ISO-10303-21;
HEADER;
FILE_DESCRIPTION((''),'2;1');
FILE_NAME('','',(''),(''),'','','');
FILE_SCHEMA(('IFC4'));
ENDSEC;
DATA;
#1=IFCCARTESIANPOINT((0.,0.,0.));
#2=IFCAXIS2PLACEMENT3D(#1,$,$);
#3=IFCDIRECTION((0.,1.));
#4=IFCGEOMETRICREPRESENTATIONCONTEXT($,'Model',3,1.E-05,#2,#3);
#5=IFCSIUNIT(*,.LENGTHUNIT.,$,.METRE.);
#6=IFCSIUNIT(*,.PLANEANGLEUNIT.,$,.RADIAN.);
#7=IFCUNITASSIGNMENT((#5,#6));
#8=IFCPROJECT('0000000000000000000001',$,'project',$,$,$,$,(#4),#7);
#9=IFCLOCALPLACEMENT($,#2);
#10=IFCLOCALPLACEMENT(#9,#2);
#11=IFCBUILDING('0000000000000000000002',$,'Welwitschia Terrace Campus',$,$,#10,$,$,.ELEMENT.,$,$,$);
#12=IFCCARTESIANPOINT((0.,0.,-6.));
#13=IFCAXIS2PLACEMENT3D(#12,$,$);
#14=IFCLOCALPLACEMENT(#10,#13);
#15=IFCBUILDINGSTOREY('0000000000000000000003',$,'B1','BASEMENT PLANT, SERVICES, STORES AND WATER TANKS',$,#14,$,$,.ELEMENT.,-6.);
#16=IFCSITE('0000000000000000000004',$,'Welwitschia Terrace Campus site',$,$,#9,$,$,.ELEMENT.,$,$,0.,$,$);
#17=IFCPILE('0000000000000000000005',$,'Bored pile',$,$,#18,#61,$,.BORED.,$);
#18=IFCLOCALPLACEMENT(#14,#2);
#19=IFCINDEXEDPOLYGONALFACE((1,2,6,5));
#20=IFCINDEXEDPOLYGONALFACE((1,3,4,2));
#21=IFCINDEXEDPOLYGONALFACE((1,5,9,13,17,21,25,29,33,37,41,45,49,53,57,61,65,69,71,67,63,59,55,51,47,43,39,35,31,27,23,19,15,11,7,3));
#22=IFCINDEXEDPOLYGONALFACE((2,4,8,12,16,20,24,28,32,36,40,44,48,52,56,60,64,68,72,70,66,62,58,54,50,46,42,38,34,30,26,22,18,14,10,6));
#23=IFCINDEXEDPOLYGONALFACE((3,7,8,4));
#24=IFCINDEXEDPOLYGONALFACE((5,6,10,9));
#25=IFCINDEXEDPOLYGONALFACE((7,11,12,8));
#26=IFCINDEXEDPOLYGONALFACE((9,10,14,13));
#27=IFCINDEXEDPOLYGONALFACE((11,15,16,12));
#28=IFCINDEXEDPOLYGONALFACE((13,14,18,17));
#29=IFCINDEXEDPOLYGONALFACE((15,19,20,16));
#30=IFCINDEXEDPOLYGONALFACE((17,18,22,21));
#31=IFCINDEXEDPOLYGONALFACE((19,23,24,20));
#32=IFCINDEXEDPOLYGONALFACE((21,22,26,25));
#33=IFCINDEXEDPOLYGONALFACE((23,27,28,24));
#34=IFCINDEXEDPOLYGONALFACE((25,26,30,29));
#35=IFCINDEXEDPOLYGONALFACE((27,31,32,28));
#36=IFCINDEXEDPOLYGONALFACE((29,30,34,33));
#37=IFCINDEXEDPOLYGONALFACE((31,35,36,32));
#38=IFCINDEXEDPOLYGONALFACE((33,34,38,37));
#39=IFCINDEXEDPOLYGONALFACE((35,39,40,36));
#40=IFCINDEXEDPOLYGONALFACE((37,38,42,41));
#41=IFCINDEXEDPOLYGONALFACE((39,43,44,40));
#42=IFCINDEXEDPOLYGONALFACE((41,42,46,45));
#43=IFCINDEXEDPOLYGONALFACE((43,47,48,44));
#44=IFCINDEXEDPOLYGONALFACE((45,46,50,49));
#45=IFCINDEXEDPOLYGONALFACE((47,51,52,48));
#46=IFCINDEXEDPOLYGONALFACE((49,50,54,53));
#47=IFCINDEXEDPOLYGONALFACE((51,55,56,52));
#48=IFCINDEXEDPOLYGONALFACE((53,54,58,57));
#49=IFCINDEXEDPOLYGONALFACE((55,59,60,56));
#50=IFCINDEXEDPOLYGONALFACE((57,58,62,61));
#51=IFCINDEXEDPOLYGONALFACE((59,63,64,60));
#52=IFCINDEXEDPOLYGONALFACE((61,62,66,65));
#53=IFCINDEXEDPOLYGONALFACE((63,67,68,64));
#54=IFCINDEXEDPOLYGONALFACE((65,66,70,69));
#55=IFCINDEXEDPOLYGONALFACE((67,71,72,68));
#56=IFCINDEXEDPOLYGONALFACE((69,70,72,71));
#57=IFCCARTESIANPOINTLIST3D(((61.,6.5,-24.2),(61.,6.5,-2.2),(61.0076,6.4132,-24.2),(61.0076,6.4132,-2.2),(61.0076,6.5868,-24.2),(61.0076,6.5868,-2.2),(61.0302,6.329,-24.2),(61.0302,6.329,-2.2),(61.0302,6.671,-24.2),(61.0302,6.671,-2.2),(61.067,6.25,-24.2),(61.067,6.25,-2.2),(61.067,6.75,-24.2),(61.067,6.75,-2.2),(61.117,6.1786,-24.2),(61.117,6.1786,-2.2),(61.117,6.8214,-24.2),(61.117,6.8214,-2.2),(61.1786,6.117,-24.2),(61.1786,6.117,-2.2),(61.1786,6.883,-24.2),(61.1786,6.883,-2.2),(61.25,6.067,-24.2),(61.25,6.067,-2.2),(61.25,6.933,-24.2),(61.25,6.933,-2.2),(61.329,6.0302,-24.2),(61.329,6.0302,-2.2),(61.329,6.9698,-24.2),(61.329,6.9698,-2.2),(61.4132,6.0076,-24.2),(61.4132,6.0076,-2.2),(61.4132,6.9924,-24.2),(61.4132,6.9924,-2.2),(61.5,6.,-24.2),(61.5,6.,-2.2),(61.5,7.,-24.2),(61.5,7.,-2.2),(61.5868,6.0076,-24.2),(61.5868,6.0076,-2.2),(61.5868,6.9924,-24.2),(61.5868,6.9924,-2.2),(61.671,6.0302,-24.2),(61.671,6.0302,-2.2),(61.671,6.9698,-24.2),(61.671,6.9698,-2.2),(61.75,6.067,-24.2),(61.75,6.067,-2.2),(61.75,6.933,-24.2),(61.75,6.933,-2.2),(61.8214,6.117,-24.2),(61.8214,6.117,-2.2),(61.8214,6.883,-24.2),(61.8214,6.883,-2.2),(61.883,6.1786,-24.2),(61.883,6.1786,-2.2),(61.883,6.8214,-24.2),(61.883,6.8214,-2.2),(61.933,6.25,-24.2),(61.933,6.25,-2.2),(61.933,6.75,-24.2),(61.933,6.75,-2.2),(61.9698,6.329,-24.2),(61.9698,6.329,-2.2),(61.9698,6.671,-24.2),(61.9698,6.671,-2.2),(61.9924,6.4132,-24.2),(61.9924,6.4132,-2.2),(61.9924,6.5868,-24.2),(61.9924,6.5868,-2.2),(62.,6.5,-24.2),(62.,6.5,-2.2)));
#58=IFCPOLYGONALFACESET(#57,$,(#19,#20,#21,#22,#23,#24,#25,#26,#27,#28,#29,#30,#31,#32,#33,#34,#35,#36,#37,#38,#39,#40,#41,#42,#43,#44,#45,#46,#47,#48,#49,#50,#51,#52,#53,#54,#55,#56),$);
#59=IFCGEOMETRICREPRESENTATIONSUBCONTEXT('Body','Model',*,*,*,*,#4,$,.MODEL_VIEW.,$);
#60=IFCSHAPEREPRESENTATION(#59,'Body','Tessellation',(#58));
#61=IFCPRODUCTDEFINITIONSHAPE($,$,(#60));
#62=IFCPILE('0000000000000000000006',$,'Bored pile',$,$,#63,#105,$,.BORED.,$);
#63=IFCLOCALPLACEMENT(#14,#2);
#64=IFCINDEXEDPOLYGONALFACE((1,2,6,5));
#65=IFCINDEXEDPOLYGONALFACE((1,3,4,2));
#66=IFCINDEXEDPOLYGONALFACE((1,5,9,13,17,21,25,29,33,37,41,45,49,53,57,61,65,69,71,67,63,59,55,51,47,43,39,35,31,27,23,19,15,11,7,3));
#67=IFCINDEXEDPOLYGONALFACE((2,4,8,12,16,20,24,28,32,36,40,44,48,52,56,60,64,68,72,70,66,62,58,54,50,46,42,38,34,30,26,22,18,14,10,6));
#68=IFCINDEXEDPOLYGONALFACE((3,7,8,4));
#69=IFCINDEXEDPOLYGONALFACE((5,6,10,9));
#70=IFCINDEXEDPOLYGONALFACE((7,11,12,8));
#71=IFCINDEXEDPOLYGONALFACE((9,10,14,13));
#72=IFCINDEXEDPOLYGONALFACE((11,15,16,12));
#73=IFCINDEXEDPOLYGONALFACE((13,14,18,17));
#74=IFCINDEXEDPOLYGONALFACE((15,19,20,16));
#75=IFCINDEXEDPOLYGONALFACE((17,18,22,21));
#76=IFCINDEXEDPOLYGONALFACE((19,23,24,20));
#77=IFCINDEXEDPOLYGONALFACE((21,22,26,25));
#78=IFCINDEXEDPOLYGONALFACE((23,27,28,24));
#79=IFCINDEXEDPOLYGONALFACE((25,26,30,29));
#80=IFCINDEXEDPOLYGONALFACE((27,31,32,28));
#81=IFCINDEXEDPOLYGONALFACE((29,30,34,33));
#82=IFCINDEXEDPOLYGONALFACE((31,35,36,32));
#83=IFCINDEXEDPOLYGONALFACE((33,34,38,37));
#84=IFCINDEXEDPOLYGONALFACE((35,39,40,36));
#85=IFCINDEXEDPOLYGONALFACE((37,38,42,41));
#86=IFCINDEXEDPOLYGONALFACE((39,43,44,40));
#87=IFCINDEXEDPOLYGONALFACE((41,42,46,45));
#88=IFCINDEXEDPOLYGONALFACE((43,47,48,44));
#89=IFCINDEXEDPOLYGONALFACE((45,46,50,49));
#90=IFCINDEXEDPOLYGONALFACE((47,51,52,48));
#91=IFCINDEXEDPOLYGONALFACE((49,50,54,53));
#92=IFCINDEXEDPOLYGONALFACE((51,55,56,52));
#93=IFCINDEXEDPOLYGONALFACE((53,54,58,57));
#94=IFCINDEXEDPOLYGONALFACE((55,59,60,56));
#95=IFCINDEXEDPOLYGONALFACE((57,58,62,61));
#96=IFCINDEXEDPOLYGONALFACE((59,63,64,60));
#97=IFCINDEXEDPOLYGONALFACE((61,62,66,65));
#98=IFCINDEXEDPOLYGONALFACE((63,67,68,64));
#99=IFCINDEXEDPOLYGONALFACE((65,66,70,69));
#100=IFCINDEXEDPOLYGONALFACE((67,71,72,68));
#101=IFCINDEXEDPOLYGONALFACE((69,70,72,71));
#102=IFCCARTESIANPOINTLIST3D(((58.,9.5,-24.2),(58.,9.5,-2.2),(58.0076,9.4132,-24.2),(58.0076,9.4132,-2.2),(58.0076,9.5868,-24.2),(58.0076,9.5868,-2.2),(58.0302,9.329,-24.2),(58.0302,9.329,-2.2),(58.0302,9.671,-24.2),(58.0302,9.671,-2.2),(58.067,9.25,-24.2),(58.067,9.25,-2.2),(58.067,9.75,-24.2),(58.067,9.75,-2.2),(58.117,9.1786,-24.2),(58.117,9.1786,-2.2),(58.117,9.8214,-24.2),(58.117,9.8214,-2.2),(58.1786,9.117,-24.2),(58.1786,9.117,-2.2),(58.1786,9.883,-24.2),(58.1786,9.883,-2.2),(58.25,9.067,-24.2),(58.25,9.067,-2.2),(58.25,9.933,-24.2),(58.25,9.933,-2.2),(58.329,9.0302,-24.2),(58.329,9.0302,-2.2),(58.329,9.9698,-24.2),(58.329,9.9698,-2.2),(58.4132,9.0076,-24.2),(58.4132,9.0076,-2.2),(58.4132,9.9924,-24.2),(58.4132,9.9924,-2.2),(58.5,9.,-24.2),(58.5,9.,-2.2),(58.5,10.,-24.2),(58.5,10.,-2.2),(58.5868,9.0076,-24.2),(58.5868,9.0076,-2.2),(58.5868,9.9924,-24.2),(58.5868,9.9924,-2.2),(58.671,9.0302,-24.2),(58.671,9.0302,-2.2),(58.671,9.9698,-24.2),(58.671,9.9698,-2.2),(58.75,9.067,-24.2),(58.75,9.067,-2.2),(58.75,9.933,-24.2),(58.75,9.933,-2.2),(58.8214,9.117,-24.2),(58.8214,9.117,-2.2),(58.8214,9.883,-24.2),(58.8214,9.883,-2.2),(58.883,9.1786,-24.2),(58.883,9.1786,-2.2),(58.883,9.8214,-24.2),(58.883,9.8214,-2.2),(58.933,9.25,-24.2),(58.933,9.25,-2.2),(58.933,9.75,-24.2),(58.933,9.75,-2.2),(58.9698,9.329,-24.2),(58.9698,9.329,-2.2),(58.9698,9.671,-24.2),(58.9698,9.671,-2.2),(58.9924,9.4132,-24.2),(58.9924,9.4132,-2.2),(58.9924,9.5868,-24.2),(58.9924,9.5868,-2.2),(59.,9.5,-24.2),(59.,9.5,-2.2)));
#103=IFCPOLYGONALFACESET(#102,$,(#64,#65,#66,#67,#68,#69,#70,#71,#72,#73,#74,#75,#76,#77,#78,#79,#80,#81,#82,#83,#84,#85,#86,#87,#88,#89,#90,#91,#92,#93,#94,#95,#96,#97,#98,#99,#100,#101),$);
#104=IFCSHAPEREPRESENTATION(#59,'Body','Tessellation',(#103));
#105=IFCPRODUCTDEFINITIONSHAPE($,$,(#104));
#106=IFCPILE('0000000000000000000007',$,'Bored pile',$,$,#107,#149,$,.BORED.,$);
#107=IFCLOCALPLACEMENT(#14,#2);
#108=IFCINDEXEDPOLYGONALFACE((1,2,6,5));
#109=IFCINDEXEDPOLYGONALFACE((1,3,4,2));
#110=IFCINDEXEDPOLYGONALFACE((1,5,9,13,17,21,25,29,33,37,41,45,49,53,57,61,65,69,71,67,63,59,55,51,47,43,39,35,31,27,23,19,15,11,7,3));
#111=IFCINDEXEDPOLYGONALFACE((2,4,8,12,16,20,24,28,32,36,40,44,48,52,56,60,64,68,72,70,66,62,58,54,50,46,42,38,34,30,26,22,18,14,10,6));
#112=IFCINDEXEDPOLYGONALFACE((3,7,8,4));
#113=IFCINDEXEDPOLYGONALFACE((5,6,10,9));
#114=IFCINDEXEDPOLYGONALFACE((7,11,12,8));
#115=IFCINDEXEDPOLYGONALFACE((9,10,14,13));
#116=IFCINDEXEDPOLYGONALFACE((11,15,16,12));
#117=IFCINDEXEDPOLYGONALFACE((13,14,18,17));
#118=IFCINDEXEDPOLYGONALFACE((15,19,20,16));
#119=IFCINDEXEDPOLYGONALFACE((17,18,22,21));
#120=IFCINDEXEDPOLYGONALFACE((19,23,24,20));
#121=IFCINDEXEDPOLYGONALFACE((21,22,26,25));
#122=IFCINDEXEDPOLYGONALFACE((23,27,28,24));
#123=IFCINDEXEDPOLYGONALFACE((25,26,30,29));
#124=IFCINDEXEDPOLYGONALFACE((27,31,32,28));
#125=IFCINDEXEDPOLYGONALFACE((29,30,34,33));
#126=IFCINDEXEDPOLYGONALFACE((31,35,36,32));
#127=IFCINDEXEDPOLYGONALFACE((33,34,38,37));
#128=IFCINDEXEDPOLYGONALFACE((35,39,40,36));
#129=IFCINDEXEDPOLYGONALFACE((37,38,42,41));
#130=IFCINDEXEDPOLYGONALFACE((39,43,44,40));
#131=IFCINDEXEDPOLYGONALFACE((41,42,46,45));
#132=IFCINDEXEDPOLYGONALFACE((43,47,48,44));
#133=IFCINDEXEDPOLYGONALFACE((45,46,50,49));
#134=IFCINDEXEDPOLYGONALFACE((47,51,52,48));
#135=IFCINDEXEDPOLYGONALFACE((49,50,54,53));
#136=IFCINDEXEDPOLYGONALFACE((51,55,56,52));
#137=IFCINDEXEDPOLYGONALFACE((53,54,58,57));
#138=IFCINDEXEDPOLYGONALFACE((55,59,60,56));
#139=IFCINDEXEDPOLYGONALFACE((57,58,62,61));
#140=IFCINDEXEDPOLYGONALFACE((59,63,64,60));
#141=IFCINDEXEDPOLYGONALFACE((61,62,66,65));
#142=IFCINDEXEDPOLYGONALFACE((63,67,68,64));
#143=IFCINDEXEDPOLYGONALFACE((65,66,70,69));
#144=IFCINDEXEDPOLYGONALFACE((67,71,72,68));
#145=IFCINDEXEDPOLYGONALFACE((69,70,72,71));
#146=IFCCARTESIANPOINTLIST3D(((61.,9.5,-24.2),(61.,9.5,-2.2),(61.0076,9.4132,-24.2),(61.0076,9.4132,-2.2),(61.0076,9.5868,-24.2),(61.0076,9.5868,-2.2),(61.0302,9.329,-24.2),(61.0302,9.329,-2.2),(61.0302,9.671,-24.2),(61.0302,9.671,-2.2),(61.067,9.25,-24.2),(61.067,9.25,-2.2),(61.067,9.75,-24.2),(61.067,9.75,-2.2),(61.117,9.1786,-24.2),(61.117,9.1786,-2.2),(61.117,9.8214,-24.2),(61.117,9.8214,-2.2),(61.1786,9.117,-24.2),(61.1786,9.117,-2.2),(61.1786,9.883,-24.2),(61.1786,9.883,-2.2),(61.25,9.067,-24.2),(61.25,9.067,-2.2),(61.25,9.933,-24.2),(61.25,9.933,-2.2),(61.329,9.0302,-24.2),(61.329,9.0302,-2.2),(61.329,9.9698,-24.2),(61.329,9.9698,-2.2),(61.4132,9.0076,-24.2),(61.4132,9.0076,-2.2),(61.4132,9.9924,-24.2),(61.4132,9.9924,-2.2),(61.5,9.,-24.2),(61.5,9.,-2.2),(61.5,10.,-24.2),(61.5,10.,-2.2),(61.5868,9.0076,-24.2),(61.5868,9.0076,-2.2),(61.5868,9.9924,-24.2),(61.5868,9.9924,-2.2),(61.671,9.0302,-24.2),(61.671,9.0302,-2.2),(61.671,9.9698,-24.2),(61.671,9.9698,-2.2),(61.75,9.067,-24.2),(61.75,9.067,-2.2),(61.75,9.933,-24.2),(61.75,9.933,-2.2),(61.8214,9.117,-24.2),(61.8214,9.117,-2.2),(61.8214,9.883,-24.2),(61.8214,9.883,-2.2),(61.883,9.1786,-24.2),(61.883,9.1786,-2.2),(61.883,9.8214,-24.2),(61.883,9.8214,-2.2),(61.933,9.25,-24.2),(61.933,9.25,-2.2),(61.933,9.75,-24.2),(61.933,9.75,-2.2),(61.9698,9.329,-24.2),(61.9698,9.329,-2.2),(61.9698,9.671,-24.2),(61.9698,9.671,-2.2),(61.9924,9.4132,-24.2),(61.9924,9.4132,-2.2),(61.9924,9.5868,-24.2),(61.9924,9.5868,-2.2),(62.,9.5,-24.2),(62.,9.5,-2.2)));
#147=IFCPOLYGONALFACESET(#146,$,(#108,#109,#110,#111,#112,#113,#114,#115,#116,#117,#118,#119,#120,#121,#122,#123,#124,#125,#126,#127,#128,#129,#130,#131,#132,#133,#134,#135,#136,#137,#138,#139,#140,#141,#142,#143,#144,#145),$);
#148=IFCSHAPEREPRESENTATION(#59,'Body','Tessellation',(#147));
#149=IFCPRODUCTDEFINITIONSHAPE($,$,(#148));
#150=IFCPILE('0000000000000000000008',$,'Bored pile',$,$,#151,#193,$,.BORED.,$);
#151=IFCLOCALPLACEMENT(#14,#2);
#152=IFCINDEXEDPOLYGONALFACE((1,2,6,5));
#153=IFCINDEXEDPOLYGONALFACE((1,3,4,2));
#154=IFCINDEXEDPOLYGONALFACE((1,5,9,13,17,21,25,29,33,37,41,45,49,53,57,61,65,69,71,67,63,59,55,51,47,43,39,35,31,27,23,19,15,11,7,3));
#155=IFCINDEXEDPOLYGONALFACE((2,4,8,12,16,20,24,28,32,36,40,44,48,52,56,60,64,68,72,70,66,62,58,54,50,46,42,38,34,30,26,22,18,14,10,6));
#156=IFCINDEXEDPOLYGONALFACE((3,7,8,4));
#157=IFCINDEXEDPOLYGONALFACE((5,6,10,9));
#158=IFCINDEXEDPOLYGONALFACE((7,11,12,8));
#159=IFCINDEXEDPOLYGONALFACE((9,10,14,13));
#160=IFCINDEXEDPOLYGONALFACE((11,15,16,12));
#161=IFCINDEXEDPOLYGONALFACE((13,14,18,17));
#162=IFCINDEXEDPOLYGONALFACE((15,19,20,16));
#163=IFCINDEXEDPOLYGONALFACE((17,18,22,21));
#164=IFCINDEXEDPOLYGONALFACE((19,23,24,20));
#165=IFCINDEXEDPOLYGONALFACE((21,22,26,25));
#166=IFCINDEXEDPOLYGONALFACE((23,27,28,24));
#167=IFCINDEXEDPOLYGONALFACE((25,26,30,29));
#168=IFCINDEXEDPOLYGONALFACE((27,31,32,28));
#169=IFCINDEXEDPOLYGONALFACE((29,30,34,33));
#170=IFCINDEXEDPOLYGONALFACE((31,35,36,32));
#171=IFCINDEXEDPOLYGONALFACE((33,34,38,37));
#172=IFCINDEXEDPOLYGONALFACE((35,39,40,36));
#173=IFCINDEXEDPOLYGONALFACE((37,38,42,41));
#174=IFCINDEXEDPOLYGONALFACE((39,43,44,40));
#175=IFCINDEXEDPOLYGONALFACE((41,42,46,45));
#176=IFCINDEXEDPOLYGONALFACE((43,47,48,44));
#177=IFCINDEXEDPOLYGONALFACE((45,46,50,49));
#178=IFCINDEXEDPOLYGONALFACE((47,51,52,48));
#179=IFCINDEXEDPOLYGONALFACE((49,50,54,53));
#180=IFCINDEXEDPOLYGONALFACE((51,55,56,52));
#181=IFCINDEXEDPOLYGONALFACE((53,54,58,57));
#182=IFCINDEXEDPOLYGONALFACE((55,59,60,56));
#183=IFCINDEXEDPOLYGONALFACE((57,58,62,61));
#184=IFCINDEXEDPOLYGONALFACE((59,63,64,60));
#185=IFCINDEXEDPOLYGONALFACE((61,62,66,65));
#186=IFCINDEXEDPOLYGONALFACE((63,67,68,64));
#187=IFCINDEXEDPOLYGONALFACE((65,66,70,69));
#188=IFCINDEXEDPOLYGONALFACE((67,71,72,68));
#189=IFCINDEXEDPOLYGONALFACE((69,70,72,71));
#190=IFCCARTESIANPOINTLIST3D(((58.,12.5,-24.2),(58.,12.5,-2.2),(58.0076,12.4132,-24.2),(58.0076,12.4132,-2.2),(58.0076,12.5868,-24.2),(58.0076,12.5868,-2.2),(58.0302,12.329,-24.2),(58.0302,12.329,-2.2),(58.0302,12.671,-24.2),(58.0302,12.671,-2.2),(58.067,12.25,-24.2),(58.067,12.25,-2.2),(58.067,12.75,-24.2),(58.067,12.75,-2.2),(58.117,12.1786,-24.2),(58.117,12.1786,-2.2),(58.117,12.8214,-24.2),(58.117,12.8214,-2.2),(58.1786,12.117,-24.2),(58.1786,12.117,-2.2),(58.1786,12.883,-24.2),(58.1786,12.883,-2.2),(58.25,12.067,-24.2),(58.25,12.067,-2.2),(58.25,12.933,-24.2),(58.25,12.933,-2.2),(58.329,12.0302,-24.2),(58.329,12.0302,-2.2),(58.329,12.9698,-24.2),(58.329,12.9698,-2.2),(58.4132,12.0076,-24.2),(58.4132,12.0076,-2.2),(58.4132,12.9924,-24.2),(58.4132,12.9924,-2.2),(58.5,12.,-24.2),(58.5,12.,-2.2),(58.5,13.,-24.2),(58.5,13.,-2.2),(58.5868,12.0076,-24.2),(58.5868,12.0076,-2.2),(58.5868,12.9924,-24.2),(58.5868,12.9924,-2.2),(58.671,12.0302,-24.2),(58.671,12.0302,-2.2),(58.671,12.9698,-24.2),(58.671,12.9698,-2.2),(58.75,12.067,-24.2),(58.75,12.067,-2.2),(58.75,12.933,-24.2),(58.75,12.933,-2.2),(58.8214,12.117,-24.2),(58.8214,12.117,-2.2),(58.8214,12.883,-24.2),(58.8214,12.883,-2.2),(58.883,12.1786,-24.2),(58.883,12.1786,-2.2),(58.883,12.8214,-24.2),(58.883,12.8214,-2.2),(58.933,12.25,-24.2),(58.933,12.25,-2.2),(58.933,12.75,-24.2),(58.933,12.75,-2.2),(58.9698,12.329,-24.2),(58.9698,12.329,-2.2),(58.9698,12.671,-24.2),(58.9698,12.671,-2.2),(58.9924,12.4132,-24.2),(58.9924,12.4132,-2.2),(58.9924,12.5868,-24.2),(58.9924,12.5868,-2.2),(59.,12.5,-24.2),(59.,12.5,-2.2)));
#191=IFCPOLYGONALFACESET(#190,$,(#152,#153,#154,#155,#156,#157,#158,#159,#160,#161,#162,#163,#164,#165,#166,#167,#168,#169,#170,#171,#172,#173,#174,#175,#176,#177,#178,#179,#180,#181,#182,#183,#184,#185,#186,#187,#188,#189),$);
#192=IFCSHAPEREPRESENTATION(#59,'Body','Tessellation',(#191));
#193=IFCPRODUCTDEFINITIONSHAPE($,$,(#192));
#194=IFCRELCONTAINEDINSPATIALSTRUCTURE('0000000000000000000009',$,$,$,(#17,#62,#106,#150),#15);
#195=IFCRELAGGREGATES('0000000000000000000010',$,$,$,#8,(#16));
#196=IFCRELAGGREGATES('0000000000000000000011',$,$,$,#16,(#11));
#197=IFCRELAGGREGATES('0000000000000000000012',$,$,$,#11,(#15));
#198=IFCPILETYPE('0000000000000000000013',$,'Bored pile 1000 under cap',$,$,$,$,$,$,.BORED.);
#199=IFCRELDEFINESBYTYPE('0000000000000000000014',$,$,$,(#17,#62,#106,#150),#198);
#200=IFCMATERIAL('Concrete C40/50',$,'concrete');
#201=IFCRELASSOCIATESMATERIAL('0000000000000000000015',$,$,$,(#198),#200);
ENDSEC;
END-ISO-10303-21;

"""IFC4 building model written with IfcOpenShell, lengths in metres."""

from ifc_helpers import new_model, si_unit, direction, frame, origin, origin_2d, place, context, subcontext, project, spatial, circle, extrude, material, type_object, element, save


model = new_model("IFC4")

# Units and contexts
model_context = context("Model", 3, precision=1e-05, world=origin(), true_north=direction((0.0, 1.0)))
body_context = subcontext(model_context, "Body", "Model", "MODEL_VIEW")
ifc_project = project(units=[si_unit("LENGTHUNIT", "METRE"), si_unit("PLANEANGLEUNIT", "RADIAN")], contexts=[model_context])

# Site, building, storey
site_placement = place(None, origin())
site = spatial("IfcSite", under=ifc_project, at=site_placement, Name="Welwitschia Terrace Campus site", CompositionType="ELEMENT", RefElevation=0.0)
building_placement = place(site_placement, origin())
building = spatial("IfcBuilding", under=site, at=building_placement, Name="Welwitschia Terrace Campus", CompositionType="ELEMENT")
storey_placement = place(building_placement, frame((0.0, 0.0, -6.0)))
storey = spatial("IfcBuildingStorey", under=building, at=storey_placement, Name="B1", Description="BASEMENT PLANT, SERVICES, STORES AND WATER TANKS", CompositionType="ELEMENT", Elevation=-6.0)

# Piles
ifc_material_1 = material(Name="Concrete C40/50", Category="concrete")
pile_type = type_object("IfcPileType", Name="Bored pile 1000 under cap", PredefinedType="BORED", material=ifc_material_1)
for number, where, z_axis, x_axis, name in (
    (1, (61.5, 6.5, -2.2), (0.0, 0.0, -1.0), (1.0, 0.0, 0.0), "Bored pile"),
    (2, (58.5, 9.5, -2.2), (0.0, 0.0, -1.0), (1.0, 0.0, 0.0), "Bored pile"),
    (3, (61.5, 9.5, -2.2), (0.0, 0.0, -1.0), (1.0, 0.0, 0.0), "Bored pile"),
    (4, (58.5, 12.5, -2.2), (0.0, 0.0, -1.0), (1.0, 0.0, 0.0), "Bored pile"),
):
    element("IfcPile", number, at=place(storey_placement, frame(where, z_axis=z_axis, x_axis=x_axis)), inside=storey, type_object=pile_type, Name=name, PredefinedType="BORED", context=body_context, shape_type="SweptSolid", body=[
        extrude(circle(Radius=0.5, at=origin_2d()), origin(), (0.0, 0.0, 1.0), 22.0),
    ])

save(model, "model.ifc")
